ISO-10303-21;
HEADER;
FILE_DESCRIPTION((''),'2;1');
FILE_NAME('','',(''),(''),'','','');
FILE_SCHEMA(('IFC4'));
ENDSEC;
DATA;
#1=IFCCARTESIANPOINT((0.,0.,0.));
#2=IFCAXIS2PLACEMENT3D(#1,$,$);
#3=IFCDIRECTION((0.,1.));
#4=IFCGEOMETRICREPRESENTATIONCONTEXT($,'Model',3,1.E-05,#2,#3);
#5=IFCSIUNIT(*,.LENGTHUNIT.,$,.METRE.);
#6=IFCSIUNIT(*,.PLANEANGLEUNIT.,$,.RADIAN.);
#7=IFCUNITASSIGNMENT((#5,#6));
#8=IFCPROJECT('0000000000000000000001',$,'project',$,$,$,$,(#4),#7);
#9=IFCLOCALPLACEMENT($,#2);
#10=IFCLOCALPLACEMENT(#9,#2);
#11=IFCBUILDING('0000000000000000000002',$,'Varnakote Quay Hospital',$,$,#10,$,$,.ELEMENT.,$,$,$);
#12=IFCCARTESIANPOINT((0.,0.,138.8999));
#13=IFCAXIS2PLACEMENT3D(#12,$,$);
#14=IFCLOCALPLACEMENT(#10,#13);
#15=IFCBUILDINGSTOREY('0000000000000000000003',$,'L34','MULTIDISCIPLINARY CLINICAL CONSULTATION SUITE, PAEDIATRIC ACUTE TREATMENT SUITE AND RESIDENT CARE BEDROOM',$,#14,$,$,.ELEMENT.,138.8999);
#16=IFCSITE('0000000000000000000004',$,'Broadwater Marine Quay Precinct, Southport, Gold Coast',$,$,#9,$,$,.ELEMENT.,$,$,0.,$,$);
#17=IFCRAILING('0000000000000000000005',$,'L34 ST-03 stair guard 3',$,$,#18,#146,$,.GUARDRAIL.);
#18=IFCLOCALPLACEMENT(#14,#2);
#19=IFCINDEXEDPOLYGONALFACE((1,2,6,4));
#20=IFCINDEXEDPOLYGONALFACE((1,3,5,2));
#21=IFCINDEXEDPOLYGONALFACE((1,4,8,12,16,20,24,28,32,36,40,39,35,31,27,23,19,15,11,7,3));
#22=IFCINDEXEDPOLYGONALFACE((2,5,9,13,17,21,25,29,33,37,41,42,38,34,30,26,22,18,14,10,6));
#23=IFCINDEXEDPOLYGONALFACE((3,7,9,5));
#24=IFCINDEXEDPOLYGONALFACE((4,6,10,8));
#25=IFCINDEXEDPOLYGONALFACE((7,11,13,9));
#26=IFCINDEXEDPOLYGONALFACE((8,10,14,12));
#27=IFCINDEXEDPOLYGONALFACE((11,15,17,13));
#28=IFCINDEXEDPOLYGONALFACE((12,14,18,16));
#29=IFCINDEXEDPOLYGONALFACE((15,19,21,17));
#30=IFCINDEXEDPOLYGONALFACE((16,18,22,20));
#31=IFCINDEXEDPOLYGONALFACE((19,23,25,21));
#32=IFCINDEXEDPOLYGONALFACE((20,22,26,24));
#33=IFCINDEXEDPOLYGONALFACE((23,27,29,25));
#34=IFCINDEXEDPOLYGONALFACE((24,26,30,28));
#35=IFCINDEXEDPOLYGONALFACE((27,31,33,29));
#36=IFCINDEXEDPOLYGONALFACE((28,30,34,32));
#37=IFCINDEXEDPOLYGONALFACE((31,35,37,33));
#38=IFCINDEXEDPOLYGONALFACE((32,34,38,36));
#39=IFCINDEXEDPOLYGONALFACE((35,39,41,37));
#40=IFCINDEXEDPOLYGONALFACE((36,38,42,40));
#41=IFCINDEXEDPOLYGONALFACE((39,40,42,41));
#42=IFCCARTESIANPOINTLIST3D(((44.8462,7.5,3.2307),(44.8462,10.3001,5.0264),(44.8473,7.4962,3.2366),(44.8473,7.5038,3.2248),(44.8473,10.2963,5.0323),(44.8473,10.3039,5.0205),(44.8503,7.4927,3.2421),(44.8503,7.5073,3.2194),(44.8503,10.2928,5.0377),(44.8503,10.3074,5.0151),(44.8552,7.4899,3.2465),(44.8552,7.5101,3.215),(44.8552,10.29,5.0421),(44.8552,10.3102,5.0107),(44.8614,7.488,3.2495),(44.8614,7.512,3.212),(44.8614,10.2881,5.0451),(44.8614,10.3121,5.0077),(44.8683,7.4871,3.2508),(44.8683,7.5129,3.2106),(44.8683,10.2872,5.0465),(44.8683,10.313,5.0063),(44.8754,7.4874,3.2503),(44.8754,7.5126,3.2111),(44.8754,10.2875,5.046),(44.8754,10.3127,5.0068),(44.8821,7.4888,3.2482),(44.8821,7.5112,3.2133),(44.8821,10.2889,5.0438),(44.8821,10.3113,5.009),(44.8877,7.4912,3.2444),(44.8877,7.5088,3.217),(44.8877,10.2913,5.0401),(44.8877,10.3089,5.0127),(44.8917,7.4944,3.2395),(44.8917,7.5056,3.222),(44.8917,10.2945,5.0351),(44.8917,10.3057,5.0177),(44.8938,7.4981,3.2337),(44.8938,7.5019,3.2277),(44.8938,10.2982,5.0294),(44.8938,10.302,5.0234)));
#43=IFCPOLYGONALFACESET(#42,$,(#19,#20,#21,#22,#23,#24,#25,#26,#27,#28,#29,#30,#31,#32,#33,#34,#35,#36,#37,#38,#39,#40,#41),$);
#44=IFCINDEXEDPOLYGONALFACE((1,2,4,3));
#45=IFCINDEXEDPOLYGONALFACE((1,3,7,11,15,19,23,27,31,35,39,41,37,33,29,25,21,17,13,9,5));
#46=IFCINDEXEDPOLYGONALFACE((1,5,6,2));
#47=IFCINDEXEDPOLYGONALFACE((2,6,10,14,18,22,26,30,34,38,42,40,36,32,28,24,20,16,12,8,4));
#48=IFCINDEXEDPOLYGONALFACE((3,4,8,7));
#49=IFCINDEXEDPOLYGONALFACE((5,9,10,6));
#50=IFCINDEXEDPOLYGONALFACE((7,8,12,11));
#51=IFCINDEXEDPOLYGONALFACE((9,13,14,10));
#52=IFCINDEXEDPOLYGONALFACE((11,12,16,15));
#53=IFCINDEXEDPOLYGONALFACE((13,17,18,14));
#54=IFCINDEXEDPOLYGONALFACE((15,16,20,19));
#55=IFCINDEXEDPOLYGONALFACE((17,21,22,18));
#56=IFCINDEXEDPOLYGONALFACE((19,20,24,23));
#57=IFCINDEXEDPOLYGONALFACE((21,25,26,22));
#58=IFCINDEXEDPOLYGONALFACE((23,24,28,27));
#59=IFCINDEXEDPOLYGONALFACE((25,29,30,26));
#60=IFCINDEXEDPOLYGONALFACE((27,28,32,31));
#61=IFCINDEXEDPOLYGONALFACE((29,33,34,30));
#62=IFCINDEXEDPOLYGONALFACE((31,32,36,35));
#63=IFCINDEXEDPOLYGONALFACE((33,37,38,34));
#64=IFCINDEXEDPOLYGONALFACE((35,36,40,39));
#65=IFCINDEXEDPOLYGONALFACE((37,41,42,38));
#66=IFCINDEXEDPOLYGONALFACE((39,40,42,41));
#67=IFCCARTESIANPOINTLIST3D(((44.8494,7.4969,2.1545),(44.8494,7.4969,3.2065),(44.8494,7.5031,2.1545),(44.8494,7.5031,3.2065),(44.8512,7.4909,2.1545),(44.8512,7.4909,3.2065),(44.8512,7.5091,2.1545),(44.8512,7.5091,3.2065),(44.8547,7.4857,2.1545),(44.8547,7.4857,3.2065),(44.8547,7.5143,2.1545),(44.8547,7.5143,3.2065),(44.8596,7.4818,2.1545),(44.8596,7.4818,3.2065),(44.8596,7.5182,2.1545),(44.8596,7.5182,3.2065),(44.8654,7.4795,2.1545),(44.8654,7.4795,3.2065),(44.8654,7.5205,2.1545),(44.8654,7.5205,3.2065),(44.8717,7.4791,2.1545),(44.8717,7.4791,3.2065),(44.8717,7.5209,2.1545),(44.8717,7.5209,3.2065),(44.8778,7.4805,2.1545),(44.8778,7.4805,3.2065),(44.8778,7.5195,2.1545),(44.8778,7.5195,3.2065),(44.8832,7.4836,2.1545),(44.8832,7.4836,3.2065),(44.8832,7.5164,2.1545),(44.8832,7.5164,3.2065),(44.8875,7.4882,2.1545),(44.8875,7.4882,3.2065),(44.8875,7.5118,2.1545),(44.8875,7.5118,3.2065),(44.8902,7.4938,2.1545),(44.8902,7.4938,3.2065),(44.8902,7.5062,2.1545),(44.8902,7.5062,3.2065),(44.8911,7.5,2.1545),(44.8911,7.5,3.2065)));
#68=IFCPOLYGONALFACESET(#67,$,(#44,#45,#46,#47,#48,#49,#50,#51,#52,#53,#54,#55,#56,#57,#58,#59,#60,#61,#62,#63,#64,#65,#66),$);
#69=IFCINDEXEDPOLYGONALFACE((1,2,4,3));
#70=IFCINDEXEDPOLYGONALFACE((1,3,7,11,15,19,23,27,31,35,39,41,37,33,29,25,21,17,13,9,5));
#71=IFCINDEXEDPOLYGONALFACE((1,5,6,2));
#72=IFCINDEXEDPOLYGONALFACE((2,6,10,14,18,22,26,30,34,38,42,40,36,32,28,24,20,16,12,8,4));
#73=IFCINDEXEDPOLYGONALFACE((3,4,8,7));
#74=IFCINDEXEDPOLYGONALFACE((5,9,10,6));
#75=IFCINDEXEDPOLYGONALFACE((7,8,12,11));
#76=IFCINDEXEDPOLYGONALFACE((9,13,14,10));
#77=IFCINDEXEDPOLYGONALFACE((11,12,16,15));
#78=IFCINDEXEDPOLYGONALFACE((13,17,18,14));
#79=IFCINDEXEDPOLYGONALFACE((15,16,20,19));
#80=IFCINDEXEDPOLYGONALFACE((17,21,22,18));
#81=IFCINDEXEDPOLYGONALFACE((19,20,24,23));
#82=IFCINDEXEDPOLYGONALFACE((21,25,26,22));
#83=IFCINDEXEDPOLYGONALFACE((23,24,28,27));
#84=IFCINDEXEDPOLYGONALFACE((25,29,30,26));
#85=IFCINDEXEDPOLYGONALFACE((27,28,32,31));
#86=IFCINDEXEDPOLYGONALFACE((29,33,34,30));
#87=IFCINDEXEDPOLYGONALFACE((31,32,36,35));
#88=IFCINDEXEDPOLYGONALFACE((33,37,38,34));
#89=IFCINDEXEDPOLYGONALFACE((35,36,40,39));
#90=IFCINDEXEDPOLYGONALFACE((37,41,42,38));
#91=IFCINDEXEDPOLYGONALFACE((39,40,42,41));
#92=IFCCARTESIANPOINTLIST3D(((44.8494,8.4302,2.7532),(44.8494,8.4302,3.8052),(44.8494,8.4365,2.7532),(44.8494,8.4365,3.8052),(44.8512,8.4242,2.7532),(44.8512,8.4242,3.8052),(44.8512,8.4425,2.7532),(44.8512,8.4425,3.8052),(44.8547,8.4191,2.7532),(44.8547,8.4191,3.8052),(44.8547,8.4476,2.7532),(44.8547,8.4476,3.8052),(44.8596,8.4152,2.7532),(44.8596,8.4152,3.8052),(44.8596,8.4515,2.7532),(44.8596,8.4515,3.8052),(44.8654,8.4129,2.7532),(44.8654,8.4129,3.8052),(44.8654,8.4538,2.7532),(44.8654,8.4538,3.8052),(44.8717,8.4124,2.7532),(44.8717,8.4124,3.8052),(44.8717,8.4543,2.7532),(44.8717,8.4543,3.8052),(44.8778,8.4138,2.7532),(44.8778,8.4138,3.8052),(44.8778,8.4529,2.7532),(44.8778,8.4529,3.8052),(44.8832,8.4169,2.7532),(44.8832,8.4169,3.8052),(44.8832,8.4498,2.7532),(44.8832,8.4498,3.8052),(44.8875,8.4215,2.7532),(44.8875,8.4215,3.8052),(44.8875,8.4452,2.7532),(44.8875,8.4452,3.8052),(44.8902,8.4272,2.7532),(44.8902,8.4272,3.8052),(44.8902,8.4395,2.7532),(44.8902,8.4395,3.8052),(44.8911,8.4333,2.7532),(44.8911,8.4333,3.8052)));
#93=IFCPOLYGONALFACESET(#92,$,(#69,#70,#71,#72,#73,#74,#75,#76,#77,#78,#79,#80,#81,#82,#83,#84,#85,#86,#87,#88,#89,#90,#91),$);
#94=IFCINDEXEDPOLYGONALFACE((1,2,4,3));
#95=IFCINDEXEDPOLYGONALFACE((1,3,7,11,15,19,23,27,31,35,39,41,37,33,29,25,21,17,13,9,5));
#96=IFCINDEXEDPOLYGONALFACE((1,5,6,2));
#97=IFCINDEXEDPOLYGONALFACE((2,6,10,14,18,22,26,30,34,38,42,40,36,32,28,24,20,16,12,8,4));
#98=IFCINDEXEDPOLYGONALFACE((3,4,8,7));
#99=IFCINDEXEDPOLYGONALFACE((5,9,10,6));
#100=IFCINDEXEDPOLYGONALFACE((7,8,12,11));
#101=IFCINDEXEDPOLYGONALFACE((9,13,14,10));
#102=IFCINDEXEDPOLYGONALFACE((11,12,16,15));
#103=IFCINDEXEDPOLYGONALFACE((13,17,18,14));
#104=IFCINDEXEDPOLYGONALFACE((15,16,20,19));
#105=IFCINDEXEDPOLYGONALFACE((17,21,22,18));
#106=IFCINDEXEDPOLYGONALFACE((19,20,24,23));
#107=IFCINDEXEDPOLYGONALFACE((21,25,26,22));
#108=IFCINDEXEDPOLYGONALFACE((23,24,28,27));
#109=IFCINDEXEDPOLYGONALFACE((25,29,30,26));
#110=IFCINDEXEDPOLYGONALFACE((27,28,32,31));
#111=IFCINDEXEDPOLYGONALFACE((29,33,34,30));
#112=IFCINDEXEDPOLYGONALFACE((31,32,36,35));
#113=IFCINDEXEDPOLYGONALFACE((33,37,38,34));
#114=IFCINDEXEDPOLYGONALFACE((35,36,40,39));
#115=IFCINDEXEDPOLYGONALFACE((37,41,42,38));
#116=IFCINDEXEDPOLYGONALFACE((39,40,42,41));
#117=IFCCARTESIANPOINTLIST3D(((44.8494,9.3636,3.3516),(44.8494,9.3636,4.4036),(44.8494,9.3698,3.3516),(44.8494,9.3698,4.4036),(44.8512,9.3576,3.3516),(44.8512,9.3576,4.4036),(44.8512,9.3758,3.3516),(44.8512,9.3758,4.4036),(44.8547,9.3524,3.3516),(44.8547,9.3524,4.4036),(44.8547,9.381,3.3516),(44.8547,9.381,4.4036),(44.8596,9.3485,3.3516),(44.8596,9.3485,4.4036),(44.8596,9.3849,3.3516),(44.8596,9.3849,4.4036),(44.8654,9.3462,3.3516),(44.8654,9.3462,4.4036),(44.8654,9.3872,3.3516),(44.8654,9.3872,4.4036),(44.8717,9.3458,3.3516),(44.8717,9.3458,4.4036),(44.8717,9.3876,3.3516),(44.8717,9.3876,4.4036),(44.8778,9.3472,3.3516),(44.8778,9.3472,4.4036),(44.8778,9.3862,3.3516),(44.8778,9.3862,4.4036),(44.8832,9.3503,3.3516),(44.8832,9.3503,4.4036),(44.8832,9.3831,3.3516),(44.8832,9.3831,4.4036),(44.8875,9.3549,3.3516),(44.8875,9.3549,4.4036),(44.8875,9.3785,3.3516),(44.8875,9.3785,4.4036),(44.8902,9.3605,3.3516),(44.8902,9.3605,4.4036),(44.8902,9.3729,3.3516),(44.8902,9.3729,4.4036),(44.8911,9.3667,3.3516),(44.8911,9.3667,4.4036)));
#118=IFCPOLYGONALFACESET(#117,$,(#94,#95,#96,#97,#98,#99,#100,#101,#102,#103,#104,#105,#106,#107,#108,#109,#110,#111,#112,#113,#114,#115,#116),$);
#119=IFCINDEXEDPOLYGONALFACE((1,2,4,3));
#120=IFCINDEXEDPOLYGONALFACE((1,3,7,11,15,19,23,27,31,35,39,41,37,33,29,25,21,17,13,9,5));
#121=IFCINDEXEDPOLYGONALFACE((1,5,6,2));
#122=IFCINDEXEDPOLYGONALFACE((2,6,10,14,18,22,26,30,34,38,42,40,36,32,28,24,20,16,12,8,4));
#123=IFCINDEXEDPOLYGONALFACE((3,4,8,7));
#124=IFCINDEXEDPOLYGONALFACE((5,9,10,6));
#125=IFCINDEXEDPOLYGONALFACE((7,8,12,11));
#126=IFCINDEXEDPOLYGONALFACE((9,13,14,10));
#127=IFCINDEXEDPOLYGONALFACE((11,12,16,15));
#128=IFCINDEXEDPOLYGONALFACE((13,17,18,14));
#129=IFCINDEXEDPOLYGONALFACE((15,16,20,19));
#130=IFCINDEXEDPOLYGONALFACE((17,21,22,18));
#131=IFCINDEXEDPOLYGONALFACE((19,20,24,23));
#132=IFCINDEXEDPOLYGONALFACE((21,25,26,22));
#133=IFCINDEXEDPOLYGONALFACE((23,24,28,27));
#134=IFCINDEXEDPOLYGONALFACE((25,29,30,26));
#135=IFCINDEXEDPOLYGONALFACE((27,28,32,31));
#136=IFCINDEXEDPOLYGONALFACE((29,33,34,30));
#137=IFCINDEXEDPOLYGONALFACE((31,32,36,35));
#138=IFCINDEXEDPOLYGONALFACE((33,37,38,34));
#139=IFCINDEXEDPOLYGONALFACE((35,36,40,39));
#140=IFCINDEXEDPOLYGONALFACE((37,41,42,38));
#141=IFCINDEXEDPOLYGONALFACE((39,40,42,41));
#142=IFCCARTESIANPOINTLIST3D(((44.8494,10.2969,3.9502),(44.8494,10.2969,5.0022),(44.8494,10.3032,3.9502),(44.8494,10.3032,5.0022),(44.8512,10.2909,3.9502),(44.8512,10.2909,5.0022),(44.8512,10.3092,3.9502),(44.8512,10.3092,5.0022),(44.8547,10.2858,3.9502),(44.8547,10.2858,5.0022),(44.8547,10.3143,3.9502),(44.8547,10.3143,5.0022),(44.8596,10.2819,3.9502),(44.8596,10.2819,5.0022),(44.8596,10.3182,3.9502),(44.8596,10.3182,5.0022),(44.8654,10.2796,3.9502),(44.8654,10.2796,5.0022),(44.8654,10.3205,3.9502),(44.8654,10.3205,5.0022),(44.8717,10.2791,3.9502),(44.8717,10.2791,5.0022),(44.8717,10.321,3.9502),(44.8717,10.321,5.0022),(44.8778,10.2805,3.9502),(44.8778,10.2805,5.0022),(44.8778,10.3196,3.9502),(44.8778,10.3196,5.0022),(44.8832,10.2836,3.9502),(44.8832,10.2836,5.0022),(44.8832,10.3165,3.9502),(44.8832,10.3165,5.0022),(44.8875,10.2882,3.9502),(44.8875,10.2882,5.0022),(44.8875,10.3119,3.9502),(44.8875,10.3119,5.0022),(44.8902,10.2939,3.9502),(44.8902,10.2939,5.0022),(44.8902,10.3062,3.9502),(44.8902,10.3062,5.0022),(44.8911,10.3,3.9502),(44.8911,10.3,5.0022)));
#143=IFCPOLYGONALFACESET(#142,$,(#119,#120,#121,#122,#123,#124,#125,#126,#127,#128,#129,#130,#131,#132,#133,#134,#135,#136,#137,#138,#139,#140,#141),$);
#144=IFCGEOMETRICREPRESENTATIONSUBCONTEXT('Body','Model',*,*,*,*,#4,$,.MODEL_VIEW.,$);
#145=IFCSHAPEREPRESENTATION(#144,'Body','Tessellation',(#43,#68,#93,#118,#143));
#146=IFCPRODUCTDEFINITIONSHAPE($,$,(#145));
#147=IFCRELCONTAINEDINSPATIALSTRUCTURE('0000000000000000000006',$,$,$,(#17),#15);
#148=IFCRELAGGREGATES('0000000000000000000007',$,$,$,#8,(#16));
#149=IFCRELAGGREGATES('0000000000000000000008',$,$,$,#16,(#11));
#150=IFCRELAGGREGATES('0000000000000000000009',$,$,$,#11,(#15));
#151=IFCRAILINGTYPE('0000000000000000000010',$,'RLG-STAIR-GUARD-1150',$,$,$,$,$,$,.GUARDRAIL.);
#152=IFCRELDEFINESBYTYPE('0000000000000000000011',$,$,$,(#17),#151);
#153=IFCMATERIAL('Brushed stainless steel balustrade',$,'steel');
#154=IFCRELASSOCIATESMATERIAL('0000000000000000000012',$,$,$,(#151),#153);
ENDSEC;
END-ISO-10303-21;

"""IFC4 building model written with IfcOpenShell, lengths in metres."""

from ifc_helpers import new_model, si_unit, direction, frame, origin, origin_2d, place, context, subcontext, project, spatial, circle, extrude, material, type_object, element, save


model = new_model("IFC4")

# Units and contexts
model_context = context("Model", 3, precision=1e-05, world=origin(), true_north=direction((0.0, 1.0)))
body_context = subcontext(model_context, "Body", "Model", "MODEL_VIEW")
ifc_project = project(units=[si_unit("LENGTHUNIT", "METRE"), si_unit("PLANEANGLEUNIT", "RADIAN")], contexts=[model_context])

# Site, building, storey
site_placement = place(None, origin())
site = spatial("IfcSite", under=ifc_project, at=site_placement, Name="Broadwater Marine Quay Precinct, Southport, Gold Coast", CompositionType="ELEMENT", RefElevation=0.0)
building_placement = place(site_placement, origin())
building = spatial("IfcBuilding", under=site, at=building_placement, Name="Varnakote Quay Hospital", CompositionType="ELEMENT")
storey_placement = place(building_placement, frame((0.0, 0.0, 138.8999)))
storey = spatial("IfcBuildingStorey", under=building, at=storey_placement, Name="L34", Description="MULTIDISCIPLINARY CLINICAL CONSULTATION SUITE, PAEDIATRIC ACUTE TREATMENT SUITE AND RESIDENT CARE BEDROOM", CompositionType="ELEMENT", Elevation=138.8999)

# Railing
ifc_material_1 = material(Name="Brushed stainless steel balustrade", Category="steel")
railing_type_1 = type_object("IfcRailingType", Name="RLG-STAIR-GUARD-1150", PredefinedType="GUARDRAIL", material=ifc_material_1)
railing_1_placement = place(storey_placement, frame((44.8701, 7.5, 2.1545)))
element("IfcRailing", 1, at=railing_1_placement, inside=storey, type_object=railing_type_1, Name="L34 ST-03 stair guard 3", PredefinedType="GUARDRAIL", context=body_context, shape_type="SweptSolid", body=[
    extrude(circle(Radius=0.0239, at=origin_2d()), frame((0.0, 0.0, 1.0762), z_axis=(0.0, 0.841777, 0.539826), x_axis=(-1.0, 0.0, 0.0)), (0.0, 0.0, 1.0), 3.3264),
    extrude(circle(Radius=0.021, at=origin_2d()), origin(), (0.0, 0.0, 1.0), 1.052),
    extrude(circle(Radius=0.021, at=origin_2d()), frame((0.0, 0.9333, 0.5986)), (0.0, 0.0, 1.0), 1.052),
    extrude(circle(Radius=0.021, at=origin_2d()), frame((0.0, 1.8667, 1.197)), (0.0, 0.0, 1.0), 1.052),
    extrude(circle(Radius=0.021, at=origin_2d()), frame((0.0, 2.8, 1.7957)), (0.0, 0.0, 1.0), 1.052),
])

save(model, "model.ifc")
